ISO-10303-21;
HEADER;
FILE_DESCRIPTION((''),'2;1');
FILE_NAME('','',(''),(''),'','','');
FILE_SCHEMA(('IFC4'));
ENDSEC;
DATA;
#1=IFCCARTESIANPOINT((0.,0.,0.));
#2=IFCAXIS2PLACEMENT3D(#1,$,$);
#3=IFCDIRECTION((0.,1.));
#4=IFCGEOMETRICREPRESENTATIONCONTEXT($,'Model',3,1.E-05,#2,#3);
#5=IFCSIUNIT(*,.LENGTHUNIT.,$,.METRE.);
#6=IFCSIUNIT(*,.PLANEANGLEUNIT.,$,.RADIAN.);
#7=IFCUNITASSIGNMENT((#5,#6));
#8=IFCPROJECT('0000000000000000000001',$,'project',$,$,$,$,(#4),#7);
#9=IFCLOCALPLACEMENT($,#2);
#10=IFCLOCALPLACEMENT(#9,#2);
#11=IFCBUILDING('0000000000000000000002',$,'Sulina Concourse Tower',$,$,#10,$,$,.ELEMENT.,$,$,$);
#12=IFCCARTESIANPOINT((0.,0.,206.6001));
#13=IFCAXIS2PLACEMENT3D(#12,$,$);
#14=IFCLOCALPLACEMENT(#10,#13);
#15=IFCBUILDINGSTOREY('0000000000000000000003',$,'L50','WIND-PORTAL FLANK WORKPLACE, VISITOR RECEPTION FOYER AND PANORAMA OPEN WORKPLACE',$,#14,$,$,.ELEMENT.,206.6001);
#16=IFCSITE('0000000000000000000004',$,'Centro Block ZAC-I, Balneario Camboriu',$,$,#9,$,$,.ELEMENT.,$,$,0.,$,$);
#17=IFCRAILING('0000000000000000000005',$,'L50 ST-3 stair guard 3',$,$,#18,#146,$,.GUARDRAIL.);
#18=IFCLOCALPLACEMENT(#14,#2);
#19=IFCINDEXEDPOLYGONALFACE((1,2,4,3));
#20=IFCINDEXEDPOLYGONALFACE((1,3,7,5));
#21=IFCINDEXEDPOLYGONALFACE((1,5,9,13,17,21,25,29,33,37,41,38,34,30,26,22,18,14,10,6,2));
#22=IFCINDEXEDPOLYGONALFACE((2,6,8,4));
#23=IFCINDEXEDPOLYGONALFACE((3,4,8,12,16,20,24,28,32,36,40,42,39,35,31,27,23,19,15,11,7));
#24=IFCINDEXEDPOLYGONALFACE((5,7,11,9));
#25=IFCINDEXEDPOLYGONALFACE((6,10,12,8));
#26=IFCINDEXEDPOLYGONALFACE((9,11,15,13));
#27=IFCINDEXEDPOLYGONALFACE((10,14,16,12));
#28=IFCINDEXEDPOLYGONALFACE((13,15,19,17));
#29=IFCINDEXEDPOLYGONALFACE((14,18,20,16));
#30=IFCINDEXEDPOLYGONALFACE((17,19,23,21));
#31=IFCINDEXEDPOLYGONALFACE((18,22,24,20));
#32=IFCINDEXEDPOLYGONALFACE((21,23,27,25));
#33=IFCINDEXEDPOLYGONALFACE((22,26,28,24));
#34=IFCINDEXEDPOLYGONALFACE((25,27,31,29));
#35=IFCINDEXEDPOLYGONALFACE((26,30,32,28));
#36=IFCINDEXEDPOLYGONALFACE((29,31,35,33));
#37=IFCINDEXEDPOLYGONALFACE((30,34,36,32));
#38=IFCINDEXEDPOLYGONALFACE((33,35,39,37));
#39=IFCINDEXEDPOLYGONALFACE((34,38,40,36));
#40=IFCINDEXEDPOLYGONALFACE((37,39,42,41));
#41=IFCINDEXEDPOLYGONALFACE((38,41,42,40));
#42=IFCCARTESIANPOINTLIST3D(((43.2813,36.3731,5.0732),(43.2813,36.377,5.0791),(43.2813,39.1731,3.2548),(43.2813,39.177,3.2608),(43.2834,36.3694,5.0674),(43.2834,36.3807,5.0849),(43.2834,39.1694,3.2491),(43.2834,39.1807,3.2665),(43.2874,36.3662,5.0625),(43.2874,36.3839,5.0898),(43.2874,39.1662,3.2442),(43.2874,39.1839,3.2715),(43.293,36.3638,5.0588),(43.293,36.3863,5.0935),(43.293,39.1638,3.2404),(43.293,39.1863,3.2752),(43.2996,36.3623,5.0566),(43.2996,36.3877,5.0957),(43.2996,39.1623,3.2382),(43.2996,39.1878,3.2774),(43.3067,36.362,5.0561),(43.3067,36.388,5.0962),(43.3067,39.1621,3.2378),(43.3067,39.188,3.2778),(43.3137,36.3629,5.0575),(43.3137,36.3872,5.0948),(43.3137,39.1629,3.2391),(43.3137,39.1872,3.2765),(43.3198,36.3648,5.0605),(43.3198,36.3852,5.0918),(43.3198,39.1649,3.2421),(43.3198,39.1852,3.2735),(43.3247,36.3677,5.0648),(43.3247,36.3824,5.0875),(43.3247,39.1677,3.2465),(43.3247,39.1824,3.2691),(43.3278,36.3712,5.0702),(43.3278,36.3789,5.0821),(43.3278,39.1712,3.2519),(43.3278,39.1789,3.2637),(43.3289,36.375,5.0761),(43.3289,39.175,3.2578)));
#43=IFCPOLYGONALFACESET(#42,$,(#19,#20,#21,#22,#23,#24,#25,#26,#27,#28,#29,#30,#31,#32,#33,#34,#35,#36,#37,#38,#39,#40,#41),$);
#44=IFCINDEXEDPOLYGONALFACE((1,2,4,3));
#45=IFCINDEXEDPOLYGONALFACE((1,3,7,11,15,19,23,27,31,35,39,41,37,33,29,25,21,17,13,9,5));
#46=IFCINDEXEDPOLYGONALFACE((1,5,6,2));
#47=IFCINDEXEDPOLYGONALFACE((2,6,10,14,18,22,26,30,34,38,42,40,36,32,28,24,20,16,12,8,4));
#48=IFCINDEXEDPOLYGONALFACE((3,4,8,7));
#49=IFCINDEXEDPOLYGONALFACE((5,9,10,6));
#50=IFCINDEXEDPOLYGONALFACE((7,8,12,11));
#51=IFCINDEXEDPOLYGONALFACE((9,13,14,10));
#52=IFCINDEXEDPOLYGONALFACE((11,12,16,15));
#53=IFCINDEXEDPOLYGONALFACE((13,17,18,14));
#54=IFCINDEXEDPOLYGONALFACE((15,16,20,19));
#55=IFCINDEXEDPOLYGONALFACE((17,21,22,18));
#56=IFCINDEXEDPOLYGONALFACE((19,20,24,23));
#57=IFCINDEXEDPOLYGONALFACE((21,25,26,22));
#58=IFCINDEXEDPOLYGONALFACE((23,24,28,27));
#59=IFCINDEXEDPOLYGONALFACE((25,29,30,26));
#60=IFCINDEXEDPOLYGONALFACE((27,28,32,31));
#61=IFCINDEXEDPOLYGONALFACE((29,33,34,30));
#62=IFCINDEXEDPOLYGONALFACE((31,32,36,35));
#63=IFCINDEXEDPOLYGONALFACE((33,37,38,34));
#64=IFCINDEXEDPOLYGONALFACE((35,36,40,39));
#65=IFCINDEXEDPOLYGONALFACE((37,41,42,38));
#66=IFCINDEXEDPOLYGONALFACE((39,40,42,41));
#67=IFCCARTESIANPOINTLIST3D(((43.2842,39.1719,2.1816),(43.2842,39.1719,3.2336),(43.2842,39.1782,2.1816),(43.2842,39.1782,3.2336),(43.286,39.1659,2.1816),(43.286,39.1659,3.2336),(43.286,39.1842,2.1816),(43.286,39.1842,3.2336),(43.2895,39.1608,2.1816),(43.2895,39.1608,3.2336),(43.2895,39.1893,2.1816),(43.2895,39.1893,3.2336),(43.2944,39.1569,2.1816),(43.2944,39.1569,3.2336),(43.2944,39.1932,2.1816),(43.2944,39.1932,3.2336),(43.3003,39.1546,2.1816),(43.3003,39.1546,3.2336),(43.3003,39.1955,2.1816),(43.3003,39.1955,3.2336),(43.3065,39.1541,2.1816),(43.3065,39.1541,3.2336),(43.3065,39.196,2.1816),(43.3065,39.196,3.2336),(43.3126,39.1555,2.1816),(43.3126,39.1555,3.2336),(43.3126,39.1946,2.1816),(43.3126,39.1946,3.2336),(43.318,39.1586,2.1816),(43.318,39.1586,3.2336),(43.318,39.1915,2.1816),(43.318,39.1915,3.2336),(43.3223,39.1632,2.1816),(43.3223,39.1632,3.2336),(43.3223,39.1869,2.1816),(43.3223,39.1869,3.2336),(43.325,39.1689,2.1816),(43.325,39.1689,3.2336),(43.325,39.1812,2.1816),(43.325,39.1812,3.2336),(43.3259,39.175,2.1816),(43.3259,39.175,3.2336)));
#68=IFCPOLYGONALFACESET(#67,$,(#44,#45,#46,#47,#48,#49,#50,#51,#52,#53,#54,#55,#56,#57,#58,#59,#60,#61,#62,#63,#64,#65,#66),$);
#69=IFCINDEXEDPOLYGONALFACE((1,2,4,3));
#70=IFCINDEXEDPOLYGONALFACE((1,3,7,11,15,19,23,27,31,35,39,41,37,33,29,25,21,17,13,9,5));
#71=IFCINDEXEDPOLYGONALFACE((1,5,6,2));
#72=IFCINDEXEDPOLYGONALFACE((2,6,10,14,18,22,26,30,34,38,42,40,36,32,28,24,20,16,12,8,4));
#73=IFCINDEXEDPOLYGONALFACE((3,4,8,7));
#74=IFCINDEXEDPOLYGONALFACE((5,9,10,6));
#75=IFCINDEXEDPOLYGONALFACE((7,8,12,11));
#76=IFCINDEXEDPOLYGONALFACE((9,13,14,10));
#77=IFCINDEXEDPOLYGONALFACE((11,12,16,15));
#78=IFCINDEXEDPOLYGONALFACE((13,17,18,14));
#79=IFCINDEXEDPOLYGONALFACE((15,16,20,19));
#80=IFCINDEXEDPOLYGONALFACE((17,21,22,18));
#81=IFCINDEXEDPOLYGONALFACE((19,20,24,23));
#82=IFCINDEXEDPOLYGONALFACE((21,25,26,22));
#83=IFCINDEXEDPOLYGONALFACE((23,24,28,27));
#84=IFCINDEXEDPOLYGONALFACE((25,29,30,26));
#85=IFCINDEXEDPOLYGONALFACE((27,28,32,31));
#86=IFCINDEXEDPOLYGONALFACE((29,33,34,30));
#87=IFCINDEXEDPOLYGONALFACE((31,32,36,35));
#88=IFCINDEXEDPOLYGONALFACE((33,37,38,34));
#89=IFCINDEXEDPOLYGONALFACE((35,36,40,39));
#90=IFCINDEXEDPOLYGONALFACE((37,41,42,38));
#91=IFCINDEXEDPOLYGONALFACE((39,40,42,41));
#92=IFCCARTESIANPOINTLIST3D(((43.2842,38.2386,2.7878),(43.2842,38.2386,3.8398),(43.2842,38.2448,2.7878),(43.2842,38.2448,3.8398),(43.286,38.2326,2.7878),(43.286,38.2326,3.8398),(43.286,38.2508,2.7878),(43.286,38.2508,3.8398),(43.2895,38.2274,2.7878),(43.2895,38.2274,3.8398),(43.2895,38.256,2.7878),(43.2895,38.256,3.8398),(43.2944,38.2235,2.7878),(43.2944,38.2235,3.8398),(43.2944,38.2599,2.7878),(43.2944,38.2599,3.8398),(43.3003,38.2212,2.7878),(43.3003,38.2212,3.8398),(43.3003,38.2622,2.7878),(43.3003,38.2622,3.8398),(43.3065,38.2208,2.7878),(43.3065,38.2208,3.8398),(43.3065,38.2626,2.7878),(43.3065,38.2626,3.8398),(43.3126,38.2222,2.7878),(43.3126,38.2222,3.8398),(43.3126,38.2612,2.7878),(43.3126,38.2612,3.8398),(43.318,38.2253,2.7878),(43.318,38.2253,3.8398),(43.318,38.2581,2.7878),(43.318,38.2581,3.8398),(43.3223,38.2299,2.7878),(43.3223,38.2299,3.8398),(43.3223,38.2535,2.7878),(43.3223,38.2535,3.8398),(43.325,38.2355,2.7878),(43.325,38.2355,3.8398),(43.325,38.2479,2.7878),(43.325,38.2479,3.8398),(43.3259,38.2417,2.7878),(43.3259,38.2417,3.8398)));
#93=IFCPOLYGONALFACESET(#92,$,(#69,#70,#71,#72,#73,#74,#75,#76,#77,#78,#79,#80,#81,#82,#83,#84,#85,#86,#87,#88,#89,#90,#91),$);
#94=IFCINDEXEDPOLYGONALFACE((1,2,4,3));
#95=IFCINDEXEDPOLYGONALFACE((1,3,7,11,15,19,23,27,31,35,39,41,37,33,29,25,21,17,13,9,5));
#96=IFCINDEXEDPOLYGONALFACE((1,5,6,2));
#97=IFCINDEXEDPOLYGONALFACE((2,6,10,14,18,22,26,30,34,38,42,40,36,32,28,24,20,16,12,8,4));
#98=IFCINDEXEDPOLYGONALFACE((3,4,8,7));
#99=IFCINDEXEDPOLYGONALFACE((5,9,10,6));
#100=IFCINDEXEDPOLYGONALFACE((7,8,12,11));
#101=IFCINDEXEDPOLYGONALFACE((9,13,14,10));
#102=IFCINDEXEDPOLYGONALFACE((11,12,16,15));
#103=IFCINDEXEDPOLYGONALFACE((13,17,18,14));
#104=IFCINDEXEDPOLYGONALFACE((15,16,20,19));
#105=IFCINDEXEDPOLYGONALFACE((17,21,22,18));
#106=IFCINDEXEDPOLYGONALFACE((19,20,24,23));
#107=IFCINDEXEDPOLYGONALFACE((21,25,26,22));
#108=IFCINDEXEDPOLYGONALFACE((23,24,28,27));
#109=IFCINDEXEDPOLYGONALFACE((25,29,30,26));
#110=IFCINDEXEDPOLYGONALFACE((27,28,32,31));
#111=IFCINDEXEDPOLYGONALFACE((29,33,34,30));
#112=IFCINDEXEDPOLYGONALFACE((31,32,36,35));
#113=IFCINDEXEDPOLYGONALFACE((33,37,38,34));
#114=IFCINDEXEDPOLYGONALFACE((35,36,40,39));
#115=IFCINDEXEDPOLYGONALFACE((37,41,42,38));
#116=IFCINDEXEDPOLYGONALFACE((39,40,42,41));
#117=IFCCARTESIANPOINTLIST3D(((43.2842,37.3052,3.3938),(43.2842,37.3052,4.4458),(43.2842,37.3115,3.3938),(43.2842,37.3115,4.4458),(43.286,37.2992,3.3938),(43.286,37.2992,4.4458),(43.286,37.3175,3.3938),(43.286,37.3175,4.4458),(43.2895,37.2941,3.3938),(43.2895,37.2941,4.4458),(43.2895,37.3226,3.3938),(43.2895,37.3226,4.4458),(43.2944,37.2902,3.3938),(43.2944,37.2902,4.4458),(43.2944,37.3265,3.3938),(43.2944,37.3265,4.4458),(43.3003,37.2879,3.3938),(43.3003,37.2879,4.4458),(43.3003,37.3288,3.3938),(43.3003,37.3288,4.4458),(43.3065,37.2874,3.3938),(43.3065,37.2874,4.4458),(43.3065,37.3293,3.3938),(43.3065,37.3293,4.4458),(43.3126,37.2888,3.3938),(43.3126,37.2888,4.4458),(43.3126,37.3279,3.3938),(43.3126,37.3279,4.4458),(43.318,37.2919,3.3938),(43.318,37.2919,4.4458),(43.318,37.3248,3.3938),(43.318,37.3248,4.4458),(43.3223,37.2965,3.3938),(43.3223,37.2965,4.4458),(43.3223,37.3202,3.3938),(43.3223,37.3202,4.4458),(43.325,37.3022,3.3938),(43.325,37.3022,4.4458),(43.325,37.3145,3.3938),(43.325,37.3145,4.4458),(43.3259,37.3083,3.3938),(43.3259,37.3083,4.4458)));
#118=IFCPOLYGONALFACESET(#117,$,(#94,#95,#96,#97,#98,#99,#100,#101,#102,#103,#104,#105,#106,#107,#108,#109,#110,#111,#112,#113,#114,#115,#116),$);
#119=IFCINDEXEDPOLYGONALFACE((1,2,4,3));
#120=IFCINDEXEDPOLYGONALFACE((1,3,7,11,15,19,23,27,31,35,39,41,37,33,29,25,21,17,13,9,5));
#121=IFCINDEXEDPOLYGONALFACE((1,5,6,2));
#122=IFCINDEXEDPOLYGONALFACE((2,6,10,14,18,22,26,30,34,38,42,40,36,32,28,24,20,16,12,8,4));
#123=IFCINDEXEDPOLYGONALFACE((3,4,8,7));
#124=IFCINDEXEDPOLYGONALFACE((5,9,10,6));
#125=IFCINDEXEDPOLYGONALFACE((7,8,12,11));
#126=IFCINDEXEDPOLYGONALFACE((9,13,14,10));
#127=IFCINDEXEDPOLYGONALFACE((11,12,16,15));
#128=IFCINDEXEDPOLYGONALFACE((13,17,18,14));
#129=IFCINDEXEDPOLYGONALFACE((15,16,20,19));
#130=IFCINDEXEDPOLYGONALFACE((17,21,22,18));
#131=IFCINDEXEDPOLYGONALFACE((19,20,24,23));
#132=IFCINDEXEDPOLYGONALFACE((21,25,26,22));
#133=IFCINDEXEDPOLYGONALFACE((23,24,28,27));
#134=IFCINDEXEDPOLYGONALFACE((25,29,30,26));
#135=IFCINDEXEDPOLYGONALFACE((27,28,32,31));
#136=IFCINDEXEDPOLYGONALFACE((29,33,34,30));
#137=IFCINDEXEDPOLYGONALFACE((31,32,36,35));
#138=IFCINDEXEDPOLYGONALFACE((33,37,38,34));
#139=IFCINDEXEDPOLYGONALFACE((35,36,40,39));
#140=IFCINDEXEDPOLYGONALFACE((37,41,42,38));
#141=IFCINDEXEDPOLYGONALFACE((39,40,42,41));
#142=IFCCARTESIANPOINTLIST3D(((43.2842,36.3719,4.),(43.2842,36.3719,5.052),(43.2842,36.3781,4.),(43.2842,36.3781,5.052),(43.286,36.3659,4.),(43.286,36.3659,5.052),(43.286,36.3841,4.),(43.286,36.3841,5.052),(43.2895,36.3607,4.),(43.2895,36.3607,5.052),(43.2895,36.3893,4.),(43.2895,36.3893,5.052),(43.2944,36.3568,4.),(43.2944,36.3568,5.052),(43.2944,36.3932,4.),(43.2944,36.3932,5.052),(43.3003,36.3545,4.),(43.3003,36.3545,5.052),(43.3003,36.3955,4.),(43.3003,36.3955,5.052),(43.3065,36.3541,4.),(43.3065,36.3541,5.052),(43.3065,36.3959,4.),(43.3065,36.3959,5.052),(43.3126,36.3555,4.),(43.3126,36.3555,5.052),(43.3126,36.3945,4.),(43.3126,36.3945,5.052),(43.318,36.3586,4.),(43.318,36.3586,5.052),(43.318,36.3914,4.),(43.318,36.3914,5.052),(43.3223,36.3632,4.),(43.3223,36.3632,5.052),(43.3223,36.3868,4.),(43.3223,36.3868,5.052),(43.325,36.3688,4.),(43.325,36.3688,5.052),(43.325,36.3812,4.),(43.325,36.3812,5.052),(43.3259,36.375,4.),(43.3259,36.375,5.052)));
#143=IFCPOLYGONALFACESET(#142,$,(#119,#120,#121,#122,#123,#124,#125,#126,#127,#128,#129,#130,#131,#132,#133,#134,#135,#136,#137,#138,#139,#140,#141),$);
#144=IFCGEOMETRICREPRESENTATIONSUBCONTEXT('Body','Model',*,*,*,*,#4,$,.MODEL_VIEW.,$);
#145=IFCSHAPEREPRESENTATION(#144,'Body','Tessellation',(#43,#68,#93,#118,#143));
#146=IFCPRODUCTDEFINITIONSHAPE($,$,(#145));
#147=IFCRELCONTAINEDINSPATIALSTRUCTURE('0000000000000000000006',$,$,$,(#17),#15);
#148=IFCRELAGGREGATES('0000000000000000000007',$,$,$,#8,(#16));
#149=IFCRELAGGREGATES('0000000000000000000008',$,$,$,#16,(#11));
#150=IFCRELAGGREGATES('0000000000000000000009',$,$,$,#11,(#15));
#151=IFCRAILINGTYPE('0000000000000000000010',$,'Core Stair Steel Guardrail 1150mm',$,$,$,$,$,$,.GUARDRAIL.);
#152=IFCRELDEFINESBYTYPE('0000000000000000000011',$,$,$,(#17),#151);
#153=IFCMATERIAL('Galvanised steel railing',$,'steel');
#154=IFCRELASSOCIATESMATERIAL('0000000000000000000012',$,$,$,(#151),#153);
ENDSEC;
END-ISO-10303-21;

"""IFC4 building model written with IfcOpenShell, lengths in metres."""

from ifc_helpers import new_model, si_unit, direction, frame, origin, origin_2d, place, context, subcontext, project, spatial, circle, extrude, material, type_object, element, save


model = new_model("IFC4")

# Units and contexts
model_context = context("Model", 3, precision=1e-05, world=origin(), true_north=direction((0.0, 1.0)))
body_context = subcontext(model_context, "Body", "Model", "MODEL_VIEW")
ifc_project = project(units=[si_unit("LENGTHUNIT", "METRE"), si_unit("PLANEANGLEUNIT", "RADIAN")], contexts=[model_context])

# Site, building, storey
site_placement = place(None, origin())
site = spatial("IfcSite", under=ifc_project, at=site_placement, Name="Centro Block ZAC-I, Balneario Camboriu", CompositionType="ELEMENT", RefElevation=0.0)
building_placement = place(site_placement, origin())
building = spatial("IfcBuilding", under=site, at=building_placement, Name="Sulina Concourse Tower", CompositionType="ELEMENT")
storey_placement = place(building_placement, frame((0.0, 0.0, 206.6001)))
storey = spatial("IfcBuildingStorey", under=building, at=storey_placement, Name="L50", Description="WIND-PORTAL FLANK WORKPLACE, VISITOR RECEPTION FOYER AND PANORAMA OPEN WORKPLACE", CompositionType="ELEMENT", Elevation=206.6001)

# Railing
ifc_material_1 = material(Name="Galvanised steel railing", Category="steel")
railing_type_1 = type_object("IfcRailingType", Name="Core Stair Steel Guardrail 1150mm", PredefinedType="GUARDRAIL", material=ifc_material_1)
railing_1_placement = place(storey_placement, frame((43.3049, 39.175, 2.1816)))
element("IfcRailing", 1, at=railing_1_placement, inside=storey, type_object=railing_type_1, Name="L50 ST-3 stair guard 3", PredefinedType="GUARDRAIL", context=body_context, shape_type="SweptSolid", body=[
    extrude(circle(Radius=0.0239, at=origin_2d()), frame((0.0, 0.0, 1.0762), z_axis=(0.0, -0.838672, 0.544636), x_axis=(1.0, 0.0, 0.0)), (0.0, 0.0, 1.0), 3.3386),
    extrude(circle(Radius=0.021, at=origin_2d()), origin(), (0.0, 0.0, 1.0), 1.052),
    extrude(circle(Radius=0.021, at=origin_2d()), frame((0.0, -0.9333, 0.6062)), (0.0, 0.0, 1.0), 1.052),
    extrude(circle(Radius=0.021, at=origin_2d()), frame((0.0, -1.8667, 1.2122)), (0.0, 0.0, 1.0), 1.052),
    extrude(circle(Radius=0.021, at=origin_2d()), frame((0.0, -2.8, 1.8184)), (0.0, 0.0, 1.0), 1.052),
])

save(model, "model.ifc")
